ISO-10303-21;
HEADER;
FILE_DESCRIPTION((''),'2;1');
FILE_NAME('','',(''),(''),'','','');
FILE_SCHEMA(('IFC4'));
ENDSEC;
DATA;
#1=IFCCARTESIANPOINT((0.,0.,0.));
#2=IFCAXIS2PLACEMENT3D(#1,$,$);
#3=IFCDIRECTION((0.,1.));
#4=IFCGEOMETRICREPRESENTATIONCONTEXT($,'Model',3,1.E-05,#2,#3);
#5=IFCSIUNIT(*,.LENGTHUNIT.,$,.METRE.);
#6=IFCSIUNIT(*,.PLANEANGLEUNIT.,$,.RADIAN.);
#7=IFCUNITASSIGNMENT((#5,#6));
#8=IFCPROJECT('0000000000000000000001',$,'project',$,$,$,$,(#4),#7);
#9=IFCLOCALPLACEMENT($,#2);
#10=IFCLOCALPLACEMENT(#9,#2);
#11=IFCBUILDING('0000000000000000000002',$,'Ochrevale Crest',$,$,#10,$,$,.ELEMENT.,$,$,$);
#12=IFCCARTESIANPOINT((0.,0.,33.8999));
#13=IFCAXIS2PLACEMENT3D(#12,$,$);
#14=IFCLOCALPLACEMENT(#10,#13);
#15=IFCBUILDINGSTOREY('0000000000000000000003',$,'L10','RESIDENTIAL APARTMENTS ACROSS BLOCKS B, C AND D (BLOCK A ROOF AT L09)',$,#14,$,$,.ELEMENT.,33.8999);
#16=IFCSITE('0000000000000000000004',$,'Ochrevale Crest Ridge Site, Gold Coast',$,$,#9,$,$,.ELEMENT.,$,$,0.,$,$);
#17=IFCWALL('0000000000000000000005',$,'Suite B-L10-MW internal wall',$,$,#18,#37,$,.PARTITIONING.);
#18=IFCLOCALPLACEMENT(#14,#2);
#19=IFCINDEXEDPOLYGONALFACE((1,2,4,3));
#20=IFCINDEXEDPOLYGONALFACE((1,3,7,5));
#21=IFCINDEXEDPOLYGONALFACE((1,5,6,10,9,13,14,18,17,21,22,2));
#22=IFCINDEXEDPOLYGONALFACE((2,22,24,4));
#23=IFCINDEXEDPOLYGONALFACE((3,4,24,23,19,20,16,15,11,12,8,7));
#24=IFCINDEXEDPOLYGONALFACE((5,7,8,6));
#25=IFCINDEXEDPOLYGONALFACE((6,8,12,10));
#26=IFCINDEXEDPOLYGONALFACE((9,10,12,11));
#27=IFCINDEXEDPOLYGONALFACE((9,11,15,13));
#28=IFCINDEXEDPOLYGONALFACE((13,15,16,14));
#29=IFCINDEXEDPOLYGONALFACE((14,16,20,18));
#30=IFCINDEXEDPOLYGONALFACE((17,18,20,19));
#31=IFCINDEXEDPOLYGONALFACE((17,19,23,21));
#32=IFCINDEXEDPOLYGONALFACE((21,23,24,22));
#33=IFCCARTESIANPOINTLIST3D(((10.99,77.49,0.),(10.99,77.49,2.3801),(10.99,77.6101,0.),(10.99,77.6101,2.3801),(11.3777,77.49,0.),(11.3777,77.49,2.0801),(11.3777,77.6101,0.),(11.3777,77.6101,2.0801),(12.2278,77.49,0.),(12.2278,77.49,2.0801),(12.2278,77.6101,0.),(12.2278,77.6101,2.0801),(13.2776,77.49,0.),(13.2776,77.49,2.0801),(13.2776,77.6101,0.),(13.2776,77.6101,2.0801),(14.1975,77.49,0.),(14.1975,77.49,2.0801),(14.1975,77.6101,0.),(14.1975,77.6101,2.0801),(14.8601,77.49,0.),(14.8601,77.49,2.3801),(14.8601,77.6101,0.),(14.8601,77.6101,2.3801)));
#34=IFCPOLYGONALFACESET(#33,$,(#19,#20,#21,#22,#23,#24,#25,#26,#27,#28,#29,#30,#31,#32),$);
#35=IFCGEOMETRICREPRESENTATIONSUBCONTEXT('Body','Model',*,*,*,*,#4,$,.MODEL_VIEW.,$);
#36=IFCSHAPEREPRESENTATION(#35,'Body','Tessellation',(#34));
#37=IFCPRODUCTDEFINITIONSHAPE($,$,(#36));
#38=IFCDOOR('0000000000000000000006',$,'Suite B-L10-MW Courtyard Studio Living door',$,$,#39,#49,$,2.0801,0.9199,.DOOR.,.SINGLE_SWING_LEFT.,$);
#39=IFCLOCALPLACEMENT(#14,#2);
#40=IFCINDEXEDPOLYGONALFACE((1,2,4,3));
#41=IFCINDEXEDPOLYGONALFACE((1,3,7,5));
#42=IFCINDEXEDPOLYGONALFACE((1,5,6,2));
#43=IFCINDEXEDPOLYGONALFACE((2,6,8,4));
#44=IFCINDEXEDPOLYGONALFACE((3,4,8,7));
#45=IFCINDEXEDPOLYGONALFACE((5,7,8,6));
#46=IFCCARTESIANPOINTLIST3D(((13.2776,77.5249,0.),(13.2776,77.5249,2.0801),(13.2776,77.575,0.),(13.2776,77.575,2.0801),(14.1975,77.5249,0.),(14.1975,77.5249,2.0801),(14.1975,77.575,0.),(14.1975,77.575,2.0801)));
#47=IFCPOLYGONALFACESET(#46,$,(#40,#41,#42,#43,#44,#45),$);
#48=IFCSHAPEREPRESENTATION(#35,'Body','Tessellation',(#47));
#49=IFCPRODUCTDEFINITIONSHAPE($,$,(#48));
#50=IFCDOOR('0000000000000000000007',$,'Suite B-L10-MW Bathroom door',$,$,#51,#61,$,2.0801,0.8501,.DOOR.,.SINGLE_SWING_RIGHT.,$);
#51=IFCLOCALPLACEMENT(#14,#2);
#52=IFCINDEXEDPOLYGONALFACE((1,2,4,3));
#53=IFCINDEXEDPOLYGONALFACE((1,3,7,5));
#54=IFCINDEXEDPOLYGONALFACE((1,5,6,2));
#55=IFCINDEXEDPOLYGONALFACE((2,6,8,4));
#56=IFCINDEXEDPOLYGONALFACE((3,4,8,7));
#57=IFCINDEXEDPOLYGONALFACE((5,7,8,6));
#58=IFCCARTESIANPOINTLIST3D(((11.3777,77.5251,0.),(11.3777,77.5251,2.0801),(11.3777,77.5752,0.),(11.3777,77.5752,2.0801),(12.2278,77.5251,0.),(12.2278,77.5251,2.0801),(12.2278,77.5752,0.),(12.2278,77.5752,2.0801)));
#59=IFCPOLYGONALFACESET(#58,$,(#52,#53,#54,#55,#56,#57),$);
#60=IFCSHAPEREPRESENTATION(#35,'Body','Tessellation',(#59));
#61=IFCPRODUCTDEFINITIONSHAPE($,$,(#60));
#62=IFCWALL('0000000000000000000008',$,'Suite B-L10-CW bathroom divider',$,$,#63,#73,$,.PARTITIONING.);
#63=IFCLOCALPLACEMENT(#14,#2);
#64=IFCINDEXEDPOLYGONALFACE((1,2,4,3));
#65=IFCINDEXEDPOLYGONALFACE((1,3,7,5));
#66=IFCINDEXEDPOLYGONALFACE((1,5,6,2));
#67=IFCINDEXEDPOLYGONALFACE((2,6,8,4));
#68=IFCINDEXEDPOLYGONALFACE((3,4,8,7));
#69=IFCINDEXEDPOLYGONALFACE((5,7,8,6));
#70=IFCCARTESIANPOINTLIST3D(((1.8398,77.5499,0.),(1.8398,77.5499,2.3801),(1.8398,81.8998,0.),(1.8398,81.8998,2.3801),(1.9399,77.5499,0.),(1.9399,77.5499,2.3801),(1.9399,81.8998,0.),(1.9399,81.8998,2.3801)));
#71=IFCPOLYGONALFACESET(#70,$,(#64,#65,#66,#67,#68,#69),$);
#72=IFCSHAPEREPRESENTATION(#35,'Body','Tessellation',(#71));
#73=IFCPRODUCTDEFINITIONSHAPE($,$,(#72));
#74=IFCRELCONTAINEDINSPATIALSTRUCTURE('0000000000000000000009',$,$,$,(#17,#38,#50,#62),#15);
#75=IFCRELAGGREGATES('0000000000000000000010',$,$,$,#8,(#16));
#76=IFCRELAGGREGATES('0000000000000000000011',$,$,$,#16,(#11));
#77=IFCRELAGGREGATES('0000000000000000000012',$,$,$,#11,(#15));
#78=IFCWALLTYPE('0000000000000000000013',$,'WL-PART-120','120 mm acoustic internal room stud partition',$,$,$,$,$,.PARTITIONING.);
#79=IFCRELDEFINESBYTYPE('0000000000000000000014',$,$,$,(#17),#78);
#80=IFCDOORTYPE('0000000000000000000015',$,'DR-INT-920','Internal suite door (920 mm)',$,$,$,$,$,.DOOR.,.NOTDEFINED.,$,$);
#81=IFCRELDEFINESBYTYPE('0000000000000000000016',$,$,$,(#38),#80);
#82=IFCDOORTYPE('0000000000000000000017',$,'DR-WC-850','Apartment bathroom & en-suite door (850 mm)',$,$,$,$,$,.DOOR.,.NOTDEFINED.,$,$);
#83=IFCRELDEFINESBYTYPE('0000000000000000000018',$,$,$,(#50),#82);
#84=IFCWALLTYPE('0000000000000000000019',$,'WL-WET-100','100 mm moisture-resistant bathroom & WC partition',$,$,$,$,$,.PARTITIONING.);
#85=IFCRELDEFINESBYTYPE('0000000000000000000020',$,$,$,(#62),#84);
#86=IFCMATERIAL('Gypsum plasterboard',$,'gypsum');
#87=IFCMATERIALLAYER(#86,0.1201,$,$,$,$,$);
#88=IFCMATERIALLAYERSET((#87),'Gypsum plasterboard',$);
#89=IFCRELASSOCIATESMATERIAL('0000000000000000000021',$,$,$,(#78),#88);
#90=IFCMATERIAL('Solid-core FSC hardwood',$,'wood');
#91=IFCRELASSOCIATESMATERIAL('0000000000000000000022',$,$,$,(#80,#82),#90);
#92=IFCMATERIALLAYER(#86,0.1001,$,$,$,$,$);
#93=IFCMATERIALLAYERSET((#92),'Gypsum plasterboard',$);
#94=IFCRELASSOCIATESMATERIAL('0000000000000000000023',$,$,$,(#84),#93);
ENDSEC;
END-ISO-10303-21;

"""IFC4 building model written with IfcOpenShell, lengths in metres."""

from ifc_helpers import new_model, si_unit, direction, frame, frame_2d, origin, place, context, subcontext, project, spatial, rectangle, extrude, material, layer, layer_set, type_object, element, fill, save


model = new_model("IFC4")

# Units and contexts
model_context = context("Model", 3, precision=1e-05, world=origin(), true_north=direction((0.0, 1.0)))
body_context = subcontext(model_context, "Body", "Model", "MODEL_VIEW")
ifc_project = project(units=[si_unit("LENGTHUNIT", "METRE"), si_unit("PLANEANGLEUNIT", "RADIAN")], contexts=[model_context])

# Site, building, storey
site_placement = place(None, origin())
site = spatial("IfcSite", under=ifc_project, at=site_placement, Name="Ochrevale Crest Ridge Site, Gold Coast", CompositionType="ELEMENT", RefElevation=0.0)
building_placement = place(site_placement, origin())
building = spatial("IfcBuilding", under=site, at=building_placement, Name="Ochrevale Crest", CompositionType="ELEMENT")
storey_placement = place(building_placement, frame((0.0, 0.0, 33.8999)))
storey = spatial("IfcBuildingStorey", under=building, at=storey_placement, Name="L10", Description="RESIDENTIAL APARTMENTS ACROSS BLOCKS B, C AND D (BLOCK A ROOF AT L09)", CompositionType="ELEMENT", Elevation=33.8999)

# Wall, openings, doors
ifc_material_1 = material(Name="Gypsum plasterboard", Category="gypsum")
ifc_layer_1 = layer(ifc_material_1, 0.1201)
ifc_layer_set_1 = layer_set([ifc_layer_1], Name="Gypsum plasterboard")
wall_type_1 = type_object("IfcWallType", Name="WL-PART-120", Description="120 mm acoustic internal room stud partition", PredefinedType="PARTITIONING", material=ifc_layer_set_1)
ifc_material_2 = material(Name="Solid-core FSC hardwood", Category="wood")
door_type_1 = type_object("IfcDoorType", Name="DR-INT-920", Description="Internal suite door (920 mm)", OperationType="NOTDEFINED", PredefinedType="DOOR", material=ifc_material_2)
door_type_2 = type_object("IfcDoorType", Name="DR-WC-850", Description="Apartment bathroom & en-suite door (850 mm)", OperationType="NOTDEFINED", PredefinedType="DOOR", material=ifc_material_2)
wall_1_placement = place(storey_placement, frame((10.99, 77.55, 0.0), z_axis=(0.0, 0.0, 1.0), x_axis=(1.0, 0.0, 0.0)))
wall_1 = element("IfcWall", 1, at=wall_1_placement, inside=storey, type_object=wall_type_1, Name="Suite B-L10-MW internal wall", PredefinedType="PARTITIONING", context=body_context, shape_type="SweptSolid", body=[
    extrude(rectangle(XDim=3.8701, YDim=0.1201, at=frame_2d((1.9351, 0.0))), origin(), (0.0, 0.0, 1.0), 2.3801),
])
opening_1_placement = place(wall_1_placement, frame((1.2378, 0.0, 0.0), z_axis=(0.0, 0.0, 1.0), x_axis=(-1.0, 0.0, 0.0)))
opening_1 = element("IfcOpeningElement", 2, at=opening_1_placement, cuts=wall_1, PredefinedType="OPENING", context=body_context, shape_type="SweptSolid", body=[
    extrude(rectangle(XDim=0.8501, YDim=2.0801, at=frame_2d((0.425, 1.04))), frame((0.0, 0.0701, 0.0), z_axis=(0.0, -1.0, 0.0), x_axis=(1.0, 0.0, 0.0)), (0.0, 0.0, 1.0), 0.1401),
])
opening_2_placement = place(wall_1_placement, frame((2.2876, 0.0, 0.0)))
opening_2 = element("IfcOpeningElement", 3, at=opening_2_placement, cuts=wall_1, PredefinedType="OPENING", context=body_context, shape_type="SweptSolid", body=[
    extrude(rectangle(XDim=0.9199, YDim=2.0801, at=frame_2d((0.46, 1.04))), frame((0.0, 0.0701, 0.0), z_axis=(0.0, -1.0, 0.0), x_axis=(1.0, 0.0, 0.0)), (0.0, 0.0, 1.0), 0.1401),
])
door_1_placement = place(opening_2_placement, origin())
door_1 = element("IfcDoor", 4, at=door_1_placement, inside=storey, type_object=door_type_1, Name="Suite B-L10-MW Courtyard Studio Living door", OperationType="SINGLE_SWING_LEFT", OverallHeight=2.0801, OverallWidth=0.9199, PredefinedType="DOOR", context=body_context, shape_type="SweptSolid", body=[
    extrude(rectangle(XDim=0.9199, YDim=2.0801, at=frame_2d((0.46, 1.04))), frame((0.0, 0.0249, 0.0), z_axis=(0.0, -1.0, 0.0), x_axis=(1.0, 0.0, 0.0)), (0.0, 0.0, 1.0), 0.05),
])
fill(opening_2, door_1)
door_2_placement = place(opening_1_placement, origin())
door_2 = element("IfcDoor", 5, at=door_2_placement, inside=storey, type_object=door_type_2, Name="Suite B-L10-MW Bathroom door", OperationType="SINGLE_SWING_RIGHT", OverallHeight=2.0801, OverallWidth=0.8501, PredefinedType="DOOR", context=body_context, shape_type="SweptSolid", body=[
    extrude(rectangle(XDim=0.8501, YDim=2.0801, at=frame_2d((0.425, 1.04))), frame((0.0, 0.0249, 0.0), z_axis=(0.0, -1.0, 0.0), x_axis=(1.0, 0.0, 0.0)), (0.0, 0.0, 1.0), 0.05),
])
fill(opening_1, door_2)

# Wall
ifc_layer_2 = layer(ifc_material_1, 0.1001)
ifc_layer_set_2 = layer_set([ifc_layer_2], Name="Gypsum plasterboard")
wall_type_2 = type_object("IfcWallType", Name="WL-WET-100", Description="100 mm moisture-resistant bathroom & WC partition", PredefinedType="PARTITIONING", material=ifc_layer_set_2)
wall_2_placement = place(storey_placement, frame((1.8899, 77.55, 0.0), z_axis=(0.0, 0.0, 1.0), x_axis=(0.0, 1.0, 0.0)))
element("IfcWall", 6, at=wall_2_placement, inside=storey, type_object=wall_type_2, Name="Suite B-L10-CW bathroom divider", PredefinedType="PARTITIONING", context=body_context, shape_type="SweptSolid", body=[
    extrude(rectangle(XDim=4.3499, YDim=0.1001, at=frame_2d((2.1748, 0.0))), origin(), (0.0, 0.0, 1.0), 2.3801),
])

save(model, "model.ifc")
